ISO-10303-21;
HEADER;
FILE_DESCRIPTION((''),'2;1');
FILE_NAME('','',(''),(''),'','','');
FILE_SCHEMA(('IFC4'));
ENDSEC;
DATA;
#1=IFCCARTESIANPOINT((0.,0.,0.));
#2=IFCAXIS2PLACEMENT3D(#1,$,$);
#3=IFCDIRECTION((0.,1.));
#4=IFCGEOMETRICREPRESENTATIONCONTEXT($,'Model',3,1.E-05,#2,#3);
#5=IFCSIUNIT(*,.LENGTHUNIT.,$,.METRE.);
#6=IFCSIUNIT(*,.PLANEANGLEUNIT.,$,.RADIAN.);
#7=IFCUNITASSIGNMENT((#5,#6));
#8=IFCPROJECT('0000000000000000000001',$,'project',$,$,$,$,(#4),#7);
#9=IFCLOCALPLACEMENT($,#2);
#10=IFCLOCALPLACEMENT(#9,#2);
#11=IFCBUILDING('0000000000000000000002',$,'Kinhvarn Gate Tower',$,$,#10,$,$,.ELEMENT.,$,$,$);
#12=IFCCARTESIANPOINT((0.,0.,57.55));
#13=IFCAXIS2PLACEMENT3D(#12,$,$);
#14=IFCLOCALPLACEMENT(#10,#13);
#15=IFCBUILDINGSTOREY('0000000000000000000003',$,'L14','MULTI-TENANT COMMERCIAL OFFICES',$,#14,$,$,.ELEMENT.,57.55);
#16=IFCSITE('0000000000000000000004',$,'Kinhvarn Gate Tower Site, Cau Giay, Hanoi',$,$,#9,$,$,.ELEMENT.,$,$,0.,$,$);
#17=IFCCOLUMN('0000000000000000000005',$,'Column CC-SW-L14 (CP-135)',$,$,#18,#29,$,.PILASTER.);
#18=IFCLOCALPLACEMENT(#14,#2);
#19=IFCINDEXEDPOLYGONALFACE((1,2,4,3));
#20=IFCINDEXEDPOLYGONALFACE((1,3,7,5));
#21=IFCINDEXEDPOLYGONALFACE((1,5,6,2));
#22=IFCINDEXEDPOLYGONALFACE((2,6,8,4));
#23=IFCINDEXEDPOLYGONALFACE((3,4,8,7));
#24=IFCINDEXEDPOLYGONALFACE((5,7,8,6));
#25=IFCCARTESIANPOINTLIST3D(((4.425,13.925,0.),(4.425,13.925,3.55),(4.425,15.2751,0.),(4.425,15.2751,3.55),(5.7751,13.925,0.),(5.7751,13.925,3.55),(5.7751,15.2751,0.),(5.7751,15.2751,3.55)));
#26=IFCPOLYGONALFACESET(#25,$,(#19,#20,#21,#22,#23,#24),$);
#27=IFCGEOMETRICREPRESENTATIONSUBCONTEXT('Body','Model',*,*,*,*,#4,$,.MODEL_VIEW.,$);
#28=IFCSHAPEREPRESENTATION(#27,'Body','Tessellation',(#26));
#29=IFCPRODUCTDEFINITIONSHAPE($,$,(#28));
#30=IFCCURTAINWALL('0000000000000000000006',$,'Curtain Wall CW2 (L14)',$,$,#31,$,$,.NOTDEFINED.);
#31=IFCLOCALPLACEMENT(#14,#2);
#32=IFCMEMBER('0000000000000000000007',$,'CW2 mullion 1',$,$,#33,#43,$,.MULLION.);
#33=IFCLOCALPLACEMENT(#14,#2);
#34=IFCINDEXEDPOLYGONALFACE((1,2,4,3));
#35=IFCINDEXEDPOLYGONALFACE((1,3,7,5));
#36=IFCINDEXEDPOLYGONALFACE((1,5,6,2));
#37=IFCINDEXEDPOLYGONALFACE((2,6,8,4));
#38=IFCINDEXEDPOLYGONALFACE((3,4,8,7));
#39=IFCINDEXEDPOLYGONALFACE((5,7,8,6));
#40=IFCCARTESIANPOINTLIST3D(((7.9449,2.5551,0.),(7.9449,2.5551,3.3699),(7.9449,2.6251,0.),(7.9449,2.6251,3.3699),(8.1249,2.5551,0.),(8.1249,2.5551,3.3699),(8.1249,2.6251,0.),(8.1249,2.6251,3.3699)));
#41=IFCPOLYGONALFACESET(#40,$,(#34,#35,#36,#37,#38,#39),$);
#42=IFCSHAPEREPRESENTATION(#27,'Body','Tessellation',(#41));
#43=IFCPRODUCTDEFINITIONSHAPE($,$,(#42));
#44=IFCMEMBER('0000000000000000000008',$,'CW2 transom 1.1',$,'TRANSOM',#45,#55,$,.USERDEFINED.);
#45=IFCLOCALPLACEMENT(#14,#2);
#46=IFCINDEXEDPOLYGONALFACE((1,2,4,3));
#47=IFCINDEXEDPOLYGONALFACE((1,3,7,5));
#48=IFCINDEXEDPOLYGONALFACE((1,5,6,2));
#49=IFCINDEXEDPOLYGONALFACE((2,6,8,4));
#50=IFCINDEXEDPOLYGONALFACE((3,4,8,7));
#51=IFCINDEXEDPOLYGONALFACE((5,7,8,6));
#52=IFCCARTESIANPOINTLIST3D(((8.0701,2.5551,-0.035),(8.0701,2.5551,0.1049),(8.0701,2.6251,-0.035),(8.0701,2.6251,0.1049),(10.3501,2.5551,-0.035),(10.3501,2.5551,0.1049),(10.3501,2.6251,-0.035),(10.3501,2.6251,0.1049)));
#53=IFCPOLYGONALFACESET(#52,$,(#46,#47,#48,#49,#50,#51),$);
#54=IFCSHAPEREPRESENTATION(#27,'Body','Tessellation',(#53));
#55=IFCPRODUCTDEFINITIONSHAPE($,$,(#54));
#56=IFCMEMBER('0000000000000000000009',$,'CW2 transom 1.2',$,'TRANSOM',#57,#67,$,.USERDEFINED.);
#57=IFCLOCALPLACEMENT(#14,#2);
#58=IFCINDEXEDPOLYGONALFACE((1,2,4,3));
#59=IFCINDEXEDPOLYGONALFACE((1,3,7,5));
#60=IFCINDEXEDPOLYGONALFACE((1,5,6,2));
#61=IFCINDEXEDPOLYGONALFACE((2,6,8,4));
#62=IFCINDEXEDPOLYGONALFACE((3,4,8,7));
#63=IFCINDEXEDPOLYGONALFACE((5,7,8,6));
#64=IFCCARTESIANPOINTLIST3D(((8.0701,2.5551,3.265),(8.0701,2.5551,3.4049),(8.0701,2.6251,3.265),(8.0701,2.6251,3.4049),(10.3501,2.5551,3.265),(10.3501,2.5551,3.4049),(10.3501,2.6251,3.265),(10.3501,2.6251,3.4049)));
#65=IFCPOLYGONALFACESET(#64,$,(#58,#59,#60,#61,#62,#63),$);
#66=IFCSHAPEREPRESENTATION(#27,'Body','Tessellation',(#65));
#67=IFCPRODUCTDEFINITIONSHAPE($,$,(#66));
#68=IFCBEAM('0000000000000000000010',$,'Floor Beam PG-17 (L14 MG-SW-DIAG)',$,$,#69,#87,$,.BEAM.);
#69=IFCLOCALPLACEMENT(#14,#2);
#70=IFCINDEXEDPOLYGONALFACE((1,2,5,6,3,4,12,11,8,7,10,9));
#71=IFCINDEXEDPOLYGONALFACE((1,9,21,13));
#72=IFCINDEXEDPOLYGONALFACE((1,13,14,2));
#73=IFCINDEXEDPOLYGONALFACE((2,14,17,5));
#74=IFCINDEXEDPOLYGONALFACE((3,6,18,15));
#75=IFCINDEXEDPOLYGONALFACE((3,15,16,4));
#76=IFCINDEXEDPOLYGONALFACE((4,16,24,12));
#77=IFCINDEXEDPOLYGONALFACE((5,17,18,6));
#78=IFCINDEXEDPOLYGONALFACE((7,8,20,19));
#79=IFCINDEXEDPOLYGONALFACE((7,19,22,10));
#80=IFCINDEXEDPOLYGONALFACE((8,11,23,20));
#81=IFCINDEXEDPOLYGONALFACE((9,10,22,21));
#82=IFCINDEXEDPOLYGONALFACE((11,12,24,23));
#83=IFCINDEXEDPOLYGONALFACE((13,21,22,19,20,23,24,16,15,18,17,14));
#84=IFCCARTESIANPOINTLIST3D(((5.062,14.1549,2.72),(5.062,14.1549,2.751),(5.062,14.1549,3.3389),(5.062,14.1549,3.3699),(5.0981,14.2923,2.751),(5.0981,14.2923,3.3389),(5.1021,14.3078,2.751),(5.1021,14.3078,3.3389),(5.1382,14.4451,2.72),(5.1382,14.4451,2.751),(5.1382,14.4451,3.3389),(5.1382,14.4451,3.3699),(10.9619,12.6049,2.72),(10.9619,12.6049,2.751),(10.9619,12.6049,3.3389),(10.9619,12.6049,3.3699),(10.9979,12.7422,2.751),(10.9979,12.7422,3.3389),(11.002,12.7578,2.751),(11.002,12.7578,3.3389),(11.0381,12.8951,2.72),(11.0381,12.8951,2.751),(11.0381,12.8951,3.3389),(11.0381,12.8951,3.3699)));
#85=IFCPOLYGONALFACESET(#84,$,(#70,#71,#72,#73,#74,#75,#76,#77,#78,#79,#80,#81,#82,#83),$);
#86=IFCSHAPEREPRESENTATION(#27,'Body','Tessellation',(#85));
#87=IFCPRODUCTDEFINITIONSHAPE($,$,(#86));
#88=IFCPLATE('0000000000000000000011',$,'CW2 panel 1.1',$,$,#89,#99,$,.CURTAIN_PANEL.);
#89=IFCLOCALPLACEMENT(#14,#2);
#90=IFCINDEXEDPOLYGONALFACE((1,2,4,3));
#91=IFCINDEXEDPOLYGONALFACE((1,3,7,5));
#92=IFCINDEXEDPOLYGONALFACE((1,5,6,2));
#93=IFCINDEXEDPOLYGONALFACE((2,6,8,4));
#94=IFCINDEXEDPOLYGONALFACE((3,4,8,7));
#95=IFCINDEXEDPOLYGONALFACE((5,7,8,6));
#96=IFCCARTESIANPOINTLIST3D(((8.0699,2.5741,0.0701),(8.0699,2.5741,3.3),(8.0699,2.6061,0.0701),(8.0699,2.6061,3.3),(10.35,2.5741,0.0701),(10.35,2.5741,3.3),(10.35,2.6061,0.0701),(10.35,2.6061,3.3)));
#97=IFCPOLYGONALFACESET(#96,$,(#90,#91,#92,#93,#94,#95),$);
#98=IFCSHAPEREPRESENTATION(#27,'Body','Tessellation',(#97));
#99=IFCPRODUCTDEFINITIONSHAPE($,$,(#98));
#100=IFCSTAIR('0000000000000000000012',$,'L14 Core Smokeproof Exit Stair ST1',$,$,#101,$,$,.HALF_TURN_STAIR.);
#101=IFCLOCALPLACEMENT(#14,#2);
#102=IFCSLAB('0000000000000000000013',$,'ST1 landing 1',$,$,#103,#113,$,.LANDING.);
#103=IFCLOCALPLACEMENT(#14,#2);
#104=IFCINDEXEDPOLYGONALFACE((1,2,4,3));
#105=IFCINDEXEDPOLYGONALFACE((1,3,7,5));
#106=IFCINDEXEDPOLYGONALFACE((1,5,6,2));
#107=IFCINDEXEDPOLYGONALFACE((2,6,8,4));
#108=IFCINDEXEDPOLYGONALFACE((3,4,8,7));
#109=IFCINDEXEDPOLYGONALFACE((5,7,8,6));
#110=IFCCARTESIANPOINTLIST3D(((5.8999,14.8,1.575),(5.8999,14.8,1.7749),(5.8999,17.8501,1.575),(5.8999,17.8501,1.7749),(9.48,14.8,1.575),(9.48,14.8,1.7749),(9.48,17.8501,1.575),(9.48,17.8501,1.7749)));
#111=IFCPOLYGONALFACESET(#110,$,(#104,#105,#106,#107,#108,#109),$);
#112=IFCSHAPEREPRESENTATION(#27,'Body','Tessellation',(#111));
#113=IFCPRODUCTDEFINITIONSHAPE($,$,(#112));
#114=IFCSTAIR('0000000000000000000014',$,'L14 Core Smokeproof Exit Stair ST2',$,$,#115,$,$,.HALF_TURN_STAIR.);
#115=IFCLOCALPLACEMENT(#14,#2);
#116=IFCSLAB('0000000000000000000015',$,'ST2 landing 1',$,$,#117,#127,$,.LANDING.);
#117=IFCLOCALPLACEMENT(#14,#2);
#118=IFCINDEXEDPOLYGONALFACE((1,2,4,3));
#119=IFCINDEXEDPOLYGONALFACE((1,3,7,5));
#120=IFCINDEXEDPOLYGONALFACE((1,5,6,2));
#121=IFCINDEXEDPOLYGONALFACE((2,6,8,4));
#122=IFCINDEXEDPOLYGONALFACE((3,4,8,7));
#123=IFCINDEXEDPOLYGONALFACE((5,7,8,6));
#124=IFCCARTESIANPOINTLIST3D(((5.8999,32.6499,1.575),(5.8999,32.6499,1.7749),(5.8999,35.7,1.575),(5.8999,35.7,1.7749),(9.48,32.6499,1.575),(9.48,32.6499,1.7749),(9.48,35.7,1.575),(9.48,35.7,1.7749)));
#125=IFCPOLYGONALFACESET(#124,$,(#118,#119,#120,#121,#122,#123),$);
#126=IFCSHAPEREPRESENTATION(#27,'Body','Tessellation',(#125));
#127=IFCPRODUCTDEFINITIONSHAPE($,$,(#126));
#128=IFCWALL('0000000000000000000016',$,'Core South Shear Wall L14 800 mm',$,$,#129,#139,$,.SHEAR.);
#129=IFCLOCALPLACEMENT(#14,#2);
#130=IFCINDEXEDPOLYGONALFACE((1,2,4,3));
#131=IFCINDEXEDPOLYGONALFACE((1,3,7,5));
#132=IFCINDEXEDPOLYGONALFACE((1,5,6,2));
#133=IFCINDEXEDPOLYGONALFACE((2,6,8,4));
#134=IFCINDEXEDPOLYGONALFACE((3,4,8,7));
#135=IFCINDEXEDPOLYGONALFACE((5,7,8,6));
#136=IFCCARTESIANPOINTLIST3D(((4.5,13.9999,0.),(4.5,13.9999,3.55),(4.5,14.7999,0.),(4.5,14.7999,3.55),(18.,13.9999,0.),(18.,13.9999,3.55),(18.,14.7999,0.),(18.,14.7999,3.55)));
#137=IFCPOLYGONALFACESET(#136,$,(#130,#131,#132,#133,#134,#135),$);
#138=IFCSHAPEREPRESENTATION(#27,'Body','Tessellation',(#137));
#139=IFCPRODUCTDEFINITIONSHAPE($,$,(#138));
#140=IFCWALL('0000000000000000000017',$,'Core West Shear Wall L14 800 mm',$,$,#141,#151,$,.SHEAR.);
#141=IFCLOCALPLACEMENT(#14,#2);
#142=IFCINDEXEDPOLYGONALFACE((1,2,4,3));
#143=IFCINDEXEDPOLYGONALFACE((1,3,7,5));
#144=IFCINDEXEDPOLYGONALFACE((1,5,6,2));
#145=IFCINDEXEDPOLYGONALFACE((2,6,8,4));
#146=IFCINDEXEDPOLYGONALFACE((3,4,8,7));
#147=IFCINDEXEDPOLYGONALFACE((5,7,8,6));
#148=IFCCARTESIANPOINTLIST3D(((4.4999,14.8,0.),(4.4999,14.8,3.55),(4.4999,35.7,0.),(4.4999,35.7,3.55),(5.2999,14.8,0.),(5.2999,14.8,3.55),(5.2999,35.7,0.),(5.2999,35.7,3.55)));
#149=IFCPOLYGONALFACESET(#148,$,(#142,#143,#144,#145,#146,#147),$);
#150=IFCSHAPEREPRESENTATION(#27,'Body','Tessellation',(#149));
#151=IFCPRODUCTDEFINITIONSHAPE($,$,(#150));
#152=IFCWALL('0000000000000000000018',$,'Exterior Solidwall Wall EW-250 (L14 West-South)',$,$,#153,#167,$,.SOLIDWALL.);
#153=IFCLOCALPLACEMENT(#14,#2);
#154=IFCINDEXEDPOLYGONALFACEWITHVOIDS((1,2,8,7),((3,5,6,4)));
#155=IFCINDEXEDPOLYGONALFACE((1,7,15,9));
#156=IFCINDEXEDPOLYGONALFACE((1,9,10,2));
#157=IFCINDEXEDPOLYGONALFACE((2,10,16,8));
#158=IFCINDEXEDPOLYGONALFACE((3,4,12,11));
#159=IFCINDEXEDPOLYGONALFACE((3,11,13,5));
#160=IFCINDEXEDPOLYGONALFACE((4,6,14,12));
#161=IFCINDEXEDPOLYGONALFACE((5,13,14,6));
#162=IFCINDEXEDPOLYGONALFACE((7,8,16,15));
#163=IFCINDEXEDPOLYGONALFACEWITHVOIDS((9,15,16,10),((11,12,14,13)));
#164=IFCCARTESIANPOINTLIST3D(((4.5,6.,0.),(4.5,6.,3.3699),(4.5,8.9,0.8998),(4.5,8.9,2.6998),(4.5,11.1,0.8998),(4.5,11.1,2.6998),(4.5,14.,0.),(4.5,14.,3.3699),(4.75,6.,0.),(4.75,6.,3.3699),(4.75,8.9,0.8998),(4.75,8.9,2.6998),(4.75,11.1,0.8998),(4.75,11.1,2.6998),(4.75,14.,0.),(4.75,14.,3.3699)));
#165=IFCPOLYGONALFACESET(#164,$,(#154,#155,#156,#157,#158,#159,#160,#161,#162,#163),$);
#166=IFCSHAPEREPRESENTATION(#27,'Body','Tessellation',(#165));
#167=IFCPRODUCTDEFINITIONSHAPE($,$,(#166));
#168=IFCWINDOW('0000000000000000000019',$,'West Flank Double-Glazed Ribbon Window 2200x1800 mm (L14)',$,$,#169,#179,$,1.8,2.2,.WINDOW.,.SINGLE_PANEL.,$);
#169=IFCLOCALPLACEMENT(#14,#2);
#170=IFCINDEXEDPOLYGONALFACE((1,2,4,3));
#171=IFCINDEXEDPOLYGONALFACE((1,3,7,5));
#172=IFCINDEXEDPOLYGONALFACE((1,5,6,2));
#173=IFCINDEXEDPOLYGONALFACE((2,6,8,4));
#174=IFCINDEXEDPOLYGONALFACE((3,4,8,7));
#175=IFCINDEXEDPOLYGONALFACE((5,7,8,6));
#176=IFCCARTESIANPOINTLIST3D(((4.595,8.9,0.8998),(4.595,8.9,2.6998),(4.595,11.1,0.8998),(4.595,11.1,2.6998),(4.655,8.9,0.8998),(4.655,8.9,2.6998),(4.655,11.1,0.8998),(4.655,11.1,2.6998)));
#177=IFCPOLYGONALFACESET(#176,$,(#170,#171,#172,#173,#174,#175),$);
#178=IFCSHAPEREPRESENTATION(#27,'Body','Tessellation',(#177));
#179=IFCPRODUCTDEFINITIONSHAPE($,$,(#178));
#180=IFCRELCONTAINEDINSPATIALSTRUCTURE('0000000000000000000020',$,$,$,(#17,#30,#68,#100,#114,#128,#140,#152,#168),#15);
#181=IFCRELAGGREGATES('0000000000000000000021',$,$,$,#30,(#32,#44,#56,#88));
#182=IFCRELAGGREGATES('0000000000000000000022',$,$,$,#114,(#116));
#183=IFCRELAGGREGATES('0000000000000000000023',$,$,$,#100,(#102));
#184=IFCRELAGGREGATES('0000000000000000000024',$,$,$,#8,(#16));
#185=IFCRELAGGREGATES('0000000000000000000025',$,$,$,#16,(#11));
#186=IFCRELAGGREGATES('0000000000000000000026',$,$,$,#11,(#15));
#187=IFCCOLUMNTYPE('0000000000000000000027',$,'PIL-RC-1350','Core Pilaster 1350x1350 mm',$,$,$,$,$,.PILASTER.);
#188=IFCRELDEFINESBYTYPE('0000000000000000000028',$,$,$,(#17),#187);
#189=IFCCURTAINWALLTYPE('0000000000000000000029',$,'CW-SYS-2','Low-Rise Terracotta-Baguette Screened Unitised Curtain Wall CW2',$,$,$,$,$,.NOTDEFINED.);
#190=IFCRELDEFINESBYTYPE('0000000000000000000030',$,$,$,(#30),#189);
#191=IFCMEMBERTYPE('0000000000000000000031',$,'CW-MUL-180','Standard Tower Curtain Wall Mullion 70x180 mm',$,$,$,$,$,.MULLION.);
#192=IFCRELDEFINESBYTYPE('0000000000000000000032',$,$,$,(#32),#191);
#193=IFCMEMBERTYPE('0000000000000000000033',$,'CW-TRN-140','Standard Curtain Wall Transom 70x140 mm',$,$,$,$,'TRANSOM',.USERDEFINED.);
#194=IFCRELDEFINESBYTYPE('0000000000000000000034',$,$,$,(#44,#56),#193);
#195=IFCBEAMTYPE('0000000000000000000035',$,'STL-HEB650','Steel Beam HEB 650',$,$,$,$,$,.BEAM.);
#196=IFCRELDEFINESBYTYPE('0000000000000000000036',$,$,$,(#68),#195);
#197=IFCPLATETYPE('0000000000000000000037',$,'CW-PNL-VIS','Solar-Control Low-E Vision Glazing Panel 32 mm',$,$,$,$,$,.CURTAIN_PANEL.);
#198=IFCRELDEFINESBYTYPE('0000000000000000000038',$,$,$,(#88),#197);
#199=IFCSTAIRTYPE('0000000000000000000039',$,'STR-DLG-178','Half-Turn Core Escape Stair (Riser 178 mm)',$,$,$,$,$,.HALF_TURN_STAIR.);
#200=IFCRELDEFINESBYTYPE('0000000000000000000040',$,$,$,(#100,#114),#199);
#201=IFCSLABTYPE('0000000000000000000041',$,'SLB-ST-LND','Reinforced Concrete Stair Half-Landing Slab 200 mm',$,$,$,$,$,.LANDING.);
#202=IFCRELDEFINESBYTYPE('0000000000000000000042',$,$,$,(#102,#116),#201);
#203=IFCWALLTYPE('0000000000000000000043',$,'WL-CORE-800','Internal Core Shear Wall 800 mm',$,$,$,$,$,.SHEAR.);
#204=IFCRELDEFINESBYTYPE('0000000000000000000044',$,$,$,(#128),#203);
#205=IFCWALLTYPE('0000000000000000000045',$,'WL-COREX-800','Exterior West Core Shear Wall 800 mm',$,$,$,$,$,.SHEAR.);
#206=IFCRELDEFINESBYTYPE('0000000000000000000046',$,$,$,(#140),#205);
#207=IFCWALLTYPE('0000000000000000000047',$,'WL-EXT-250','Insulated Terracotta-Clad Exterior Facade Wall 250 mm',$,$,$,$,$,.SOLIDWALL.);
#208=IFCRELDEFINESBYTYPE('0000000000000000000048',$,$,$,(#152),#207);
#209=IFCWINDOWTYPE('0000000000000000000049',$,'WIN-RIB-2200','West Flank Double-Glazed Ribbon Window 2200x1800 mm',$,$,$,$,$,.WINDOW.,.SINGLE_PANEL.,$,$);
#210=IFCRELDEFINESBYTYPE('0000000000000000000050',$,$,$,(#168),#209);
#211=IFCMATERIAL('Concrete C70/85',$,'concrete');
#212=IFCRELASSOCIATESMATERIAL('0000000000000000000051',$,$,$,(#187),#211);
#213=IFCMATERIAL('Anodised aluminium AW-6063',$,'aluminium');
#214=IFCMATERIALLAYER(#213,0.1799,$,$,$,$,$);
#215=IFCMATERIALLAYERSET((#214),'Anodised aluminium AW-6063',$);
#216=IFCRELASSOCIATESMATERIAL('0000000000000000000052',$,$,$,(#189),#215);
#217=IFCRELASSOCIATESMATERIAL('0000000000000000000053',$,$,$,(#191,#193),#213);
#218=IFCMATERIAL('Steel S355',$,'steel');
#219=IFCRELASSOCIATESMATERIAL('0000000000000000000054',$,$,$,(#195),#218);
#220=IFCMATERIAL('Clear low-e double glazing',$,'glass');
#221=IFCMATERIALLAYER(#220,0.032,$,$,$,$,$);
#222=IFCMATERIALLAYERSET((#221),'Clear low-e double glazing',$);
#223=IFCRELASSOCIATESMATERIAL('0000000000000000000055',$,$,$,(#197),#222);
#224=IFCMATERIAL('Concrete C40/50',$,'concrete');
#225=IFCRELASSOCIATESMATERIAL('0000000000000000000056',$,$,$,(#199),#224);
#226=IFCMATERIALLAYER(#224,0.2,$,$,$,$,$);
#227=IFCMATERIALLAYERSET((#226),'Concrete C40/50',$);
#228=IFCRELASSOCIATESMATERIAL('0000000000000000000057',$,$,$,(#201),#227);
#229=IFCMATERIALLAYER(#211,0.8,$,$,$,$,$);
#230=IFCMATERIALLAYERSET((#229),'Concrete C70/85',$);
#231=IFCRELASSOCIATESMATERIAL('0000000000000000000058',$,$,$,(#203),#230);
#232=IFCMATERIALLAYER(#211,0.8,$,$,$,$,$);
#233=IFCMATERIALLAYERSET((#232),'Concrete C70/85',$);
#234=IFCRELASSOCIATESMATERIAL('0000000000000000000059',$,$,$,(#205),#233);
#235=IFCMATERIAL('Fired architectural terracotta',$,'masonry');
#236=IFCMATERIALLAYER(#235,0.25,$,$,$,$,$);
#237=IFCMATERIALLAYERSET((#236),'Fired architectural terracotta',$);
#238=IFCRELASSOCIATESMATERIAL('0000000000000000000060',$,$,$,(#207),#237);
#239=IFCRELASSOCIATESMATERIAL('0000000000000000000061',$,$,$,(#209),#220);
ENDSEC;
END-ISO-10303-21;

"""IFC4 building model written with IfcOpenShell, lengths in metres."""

from ifc_helpers import new_model, si_unit, direction, frame, frame_2d, origin, origin_2d, place, context, subcontext, project, spatial, polyline, rectangle, i_section, outline, extrude, material, layer, layer_set, material_profile, profile_set, type_object, element, fill, aggregate, save


model = new_model("IFC4")

# Units and contexts
model_context = context("Model", 3, precision=1e-05, world=origin(), true_north=direction((0.0, 1.0)))
body_context = subcontext(model_context, "Body", "Model", "MODEL_VIEW")
ifc_project = project(units=[si_unit("LENGTHUNIT", "METRE"), si_unit("PLANEANGLEUNIT", "RADIAN")], contexts=[model_context])

# Site, building, storey
site_placement = place(None, origin())
site = spatial("IfcSite", under=ifc_project, at=site_placement, Name="Kinhvarn Gate Tower Site, Cau Giay, Hanoi", CompositionType="ELEMENT", RefElevation=0.0)
building_placement = place(site_placement, origin())
building = spatial("IfcBuilding", under=site, at=building_placement, Name="Kinhvarn Gate Tower", CompositionType="ELEMENT")
storey_placement = place(building_placement, frame((0.0, 0.0, 57.55)))
storey = spatial("IfcBuildingStorey", under=building, at=storey_placement, Name="L14", Description="MULTI-TENANT COMMERCIAL OFFICES", CompositionType="ELEMENT", Elevation=57.55)

# Column
ifc_material_1 = material(Name="Concrete C70/85", Category="concrete")
ifc_material_profile_1 = material_profile(ifc_material_1, rectangle(XDim=1.3501, YDim=1.3501, at=origin_2d()), Name="RC 1350x1350")
ifc_profile_set_1 = profile_set([ifc_material_profile_1], Name="Concrete C70/85")
column_type = type_object("IfcColumnType", Name="PIL-RC-1350", Description="Core Pilaster 1350x1350 mm", PredefinedType="PILASTER", material=ifc_profile_set_1)
column_placement = place(storey_placement, frame((5.1001, 14.6001, 0.0), z_axis=(0.0, 0.0, 1.0), x_axis=(1.0, 0.0, 0.0)))
element("IfcColumn", 1, at=column_placement, inside=storey, type_object=column_type, Name="Column CC-SW-L14 (CP-135)", PredefinedType="PILASTER", context=body_context, shape_type="SweptSolid", body=[
    extrude(rectangle(XDim=1.3501, YDim=1.3501, at=origin_2d()), origin(), (0.0, 0.0, 1.0), 3.55),
])

# Curtain wall, members
ifc_material_2 = material(Name="Anodised aluminium AW-6063", Category="aluminium")
ifc_layer_1 = layer(ifc_material_2, 0.1799)
ifc_layer_set_1 = layer_set([ifc_layer_1], Name="Anodised aluminium AW-6063")
curtain_wall_type = type_object("IfcCurtainWallType", Name="CW-SYS-2", Description="Low-Rise Terracotta-Baguette Screened Unitised Curtain Wall CW2", PredefinedType="NOTDEFINED", material=ifc_layer_set_1)
curtain_wall_placement = place(storey_placement, origin())
curtain_wall = element("IfcCurtainWall", 2, at=curtain_wall_placement, inside=storey, type_object=curtain_wall_type, Name="Curtain Wall CW2 (L14)", PredefinedType="NOTDEFINED")
ifc_material_profile_2 = material_profile(ifc_material_2, rectangle(XDim=0.0701, YDim=0.1799, at=origin_2d()), Name="ALU 70x180")
ifc_profile_set_2 = profile_set([ifc_material_profile_2], Name="Anodised aluminium AW-6063")
member_type_1 = type_object("IfcMemberType", Name="CW-MUL-180", Description="Standard Tower Curtain Wall Mullion 70x180 mm", PredefinedType="MULLION", material=ifc_profile_set_2)
member_1_placement = place(storey_placement, frame((8.0349, 2.5901, 0.0), z_axis=(0.0, 0.0, 1.0), x_axis=(0.0, 1.0, 0.0)))
member_1 = element("IfcMember", 3, at=member_1_placement, type_object=member_type_1, Name="CW2 mullion 1", PredefinedType="MULLION", context=body_context, shape_type="SweptSolid", body=[
    extrude(rectangle(XDim=0.0701, YDim=0.1799, at=origin_2d()), origin(), (0.0, 0.0, 1.0), 3.3699),
])
ifc_material_profile_3 = material_profile(ifc_material_2, rectangle(XDim=0.0701, YDim=0.1399, at=origin_2d()), Name="ALU 70x140")
ifc_profile_set_3 = profile_set([ifc_material_profile_3], Name="Anodised aluminium AW-6063")
member_type_2 = type_object("IfcMemberType", Name="CW-TRN-140", Description="Standard Curtain Wall Transom 70x140 mm", ElementType="TRANSOM", PredefinedType="USERDEFINED", material=ifc_profile_set_3)
member_2_placement = place(storey_placement, frame((8.0701, 2.5901, 0.0349), z_axis=(1.0, 0.0, 0.0), x_axis=(0.0, 1.0, 0.0)))
member_2 = element("IfcMember", 4, at=member_2_placement, type_object=member_type_2, Name="CW2 transom 1.1", ObjectType="TRANSOM", PredefinedType="USERDEFINED", context=body_context, shape_type="SweptSolid", body=[
    extrude(rectangle(XDim=0.0701, YDim=0.1399, at=origin_2d()), origin(), (0.0, 0.0, 1.0), 2.28),
])
member_3_placement = place(storey_placement, frame((8.0701, 2.5901, 3.335), z_axis=(1.0, 0.0, 0.0), x_axis=(0.0, 1.0, 0.0)))
member_3 = element("IfcMember", 5, at=member_3_placement, type_object=member_type_2, Name="CW2 transom 1.2", ObjectType="TRANSOM", PredefinedType="USERDEFINED", context=body_context, shape_type="SweptSolid", body=[
    extrude(rectangle(XDim=0.0701, YDim=0.1399, at=origin_2d()), origin(), (0.0, 0.0, 1.0), 2.28),
])

# Beam
ifc_material_3 = material(Name="Steel S355", Category="steel")
ifc_material_profile_4 = material_profile(ifc_material_3, i_section(OverallWidth=0.3, OverallDepth=0.6499, WebThickness=0.0161, FlangeThickness=0.031, at=origin_2d()), Name="HEB 650")
ifc_profile_set_4 = profile_set([ifc_material_profile_4], Name="Steel S355")
beam_type = type_object("IfcBeamType", Name="STL-HEB650", Description="Steel Beam HEB 650", PredefinedType="BEAM", material=ifc_profile_set_4)
beam_placement = place(storey_placement, frame((5.1001, 14.3, 3.0449), z_axis=(0.967178, -0.254101, 0.0), x_axis=(0.254101, 0.967178, 0.0)))
element("IfcBeam", 6, at=beam_placement, inside=storey, type_object=beam_type, Name="Floor Beam PG-17 (L14 MG-SW-DIAG)", PredefinedType="BEAM", context=body_context, shape_type="SweptSolid", body=[
    extrude(i_section(OverallWidth=0.3, OverallDepth=0.6499, WebThickness=0.0161, FlangeThickness=0.031, at=origin_2d()), origin(), (0.0, 0.0, 1.0), 6.1001),
])

# Plate
ifc_material_4 = material(Name="Clear low-e double glazing", Category="glass")
ifc_layer_2 = layer(ifc_material_4, 0.032)
ifc_layer_set_2 = layer_set([ifc_layer_2], Name="Clear low-e double glazing")
plate_type = type_object("IfcPlateType", Name="CW-PNL-VIS", Description="Solar-Control Low-E Vision Glazing Panel 32 mm", PredefinedType="CURTAIN_PANEL", material=ifc_layer_set_2)
plate_placement = place(storey_placement, frame((9.21, 2.5901, 0.0701), z_axis=(0.0, 0.0, 1.0), x_axis=(1.0, 0.0, 0.0)))
plate = element("IfcPlate", 7, at=plate_placement, type_object=plate_type, Name="CW2 panel 1.1", PredefinedType="CURTAIN_PANEL", context=body_context, shape_type="SweptSolid", body=[
    extrude(rectangle(XDim=2.28, YDim=0.032, at=origin_2d()), origin(), (0.0, 0.0, 1.0), 3.23),
])
aggregate(curtain_wall, [member_1, member_2, member_3, plate])

# Stairs, slabs
ifc_material_5 = material(Name="Concrete C40/50", Category="concrete")
stair_type = type_object("IfcStairType", Name="STR-DLG-178", Description="Half-Turn Core Escape Stair (Riser 178 mm)", PredefinedType="HALF_TURN_STAIR", material=ifc_material_5)
stair_1_placement = place(storey_placement, origin())
stair_1 = element("IfcStair", 8, at=stair_1_placement, inside=storey, type_object=stair_type, Name="L14 Core Smokeproof Exit Stair ST1", PredefinedType="HALF_TURN_STAIR")
ifc_layer_3 = layer(ifc_material_5, 0.2)
ifc_layer_set_3 = layer_set([ifc_layer_3], Name="Concrete C40/50")
slab_type = type_object("IfcSlabType", Name="SLB-ST-LND", Description="Reinforced Concrete Stair Half-Landing Slab 200 mm", PredefinedType="LANDING", material=ifc_layer_set_3)
slab_1_placement = place(storey_placement, frame((0.0, 0.0, 1.575)))
slab_1 = element("IfcSlab", 9, at=slab_1_placement, type_object=slab_type, Name="ST1 landing 1", PredefinedType="LANDING", context=body_context, shape_type="SweptSolid", body=[
    extrude(outline(polyline([(9.48, 17.8501), (5.8999, 17.8501), (5.8999, 14.8), (9.48, 14.8), (9.48, 17.8501)])), origin(), (0.0, 0.0, 1.0), 0.2),
])
stair_2_placement = place(storey_placement, origin())
stair_2 = element("IfcStair", 10, at=stair_2_placement, inside=storey, type_object=stair_type, Name="L14 Core Smokeproof Exit Stair ST2", PredefinedType="HALF_TURN_STAIR")
slab_2_placement = place(storey_placement, frame((0.0, 0.0, 1.575)))
slab_2 = element("IfcSlab", 11, at=slab_2_placement, type_object=slab_type, Name="ST2 landing 1", PredefinedType="LANDING", context=body_context, shape_type="SweptSolid", body=[
    extrude(outline(polyline([(9.48, 35.7), (5.8999, 35.7), (5.8999, 32.6499), (9.48, 32.6499), (9.48, 35.7)])), origin(), (0.0, 0.0, 1.0), 0.2),
])
aggregate(stair_2, [slab_2])

# Walls
ifc_layer_4 = layer(ifc_material_1, 0.8)
ifc_layer_set_4 = layer_set([ifc_layer_4], Name="Concrete C70/85")
wall_type_1 = type_object("IfcWallType", Name="WL-CORE-800", Description="Internal Core Shear Wall 800 mm", PredefinedType="SHEAR", material=ifc_layer_set_4)
wall_1_placement = place(storey_placement, frame((4.5, 14.3999, 0.0), z_axis=(0.0, 0.0, 1.0), x_axis=(1.0, 0.0, 0.0)))
element("IfcWall", 12, at=wall_1_placement, inside=storey, type_object=wall_type_1, Name="Core South Shear Wall L14 800 mm", PredefinedType="SHEAR", context=body_context, shape_type="SweptSolid", body=[
    extrude(rectangle(XDim=13.5, YDim=0.8, at=frame_2d((6.75, 0.0))), origin(), (0.0, 0.0, 1.0), 3.55),
])
ifc_layer_5 = layer(ifc_material_1, 0.8)
ifc_layer_set_5 = layer_set([ifc_layer_5], Name="Concrete C70/85")
wall_type_2 = type_object("IfcWallType", Name="WL-COREX-800", Description="Exterior West Core Shear Wall 800 mm", PredefinedType="SHEAR", material=ifc_layer_set_5)
wall_2_placement = place(storey_placement, frame((4.8999, 14.8, 0.0), z_axis=(0.0, 0.0, 1.0), x_axis=(0.0, 1.0, 0.0)))
element("IfcWall", 13, at=wall_2_placement, inside=storey, type_object=wall_type_2, Name="Core West Shear Wall L14 800 mm", PredefinedType="SHEAR", context=body_context, shape_type="SweptSolid", body=[
    extrude(rectangle(XDim=20.8999, YDim=0.8, at=frame_2d((10.45, 0.0))), origin(), (0.0, 0.0, 1.0), 3.55),
])

# Wall, opening, window
ifc_material_6 = material(Name="Fired architectural terracotta", Category="masonry")
ifc_layer_6 = layer(ifc_material_6, 0.25)
ifc_layer_set_6 = layer_set([ifc_layer_6], Name="Fired architectural terracotta")
wall_type_3 = type_object("IfcWallType", Name="WL-EXT-250", Description="Insulated Terracotta-Clad Exterior Facade Wall 250 mm", PredefinedType="SOLIDWALL", material=ifc_layer_set_6)
wall_3_placement = place(storey_placement, frame((4.625, 14.0, 0.0), z_axis=(0.0, 0.0, 1.0), x_axis=(0.0, -1.0, 0.0)))
wall_3 = element("IfcWall", 14, at=wall_3_placement, inside=storey, type_object=wall_type_3, Name="Exterior Solidwall Wall EW-250 (L14 West-South)", PredefinedType="SOLIDWALL", context=body_context, shape_type="SweptSolid", body=[
    extrude(rectangle(XDim=8.0, YDim=0.25, at=frame_2d((4.0, 0.0))), origin(), (0.0, 0.0, 1.0), 3.3699),
])
opening_1_placement = place(wall_3_placement, frame((2.8999, 0.0, 0.8999)))
opening_1 = element("IfcOpeningElement", 15, at=opening_1_placement, cuts=wall_3, PredefinedType="OPENING", context=body_context, shape_type="SweptSolid", body=[
    extrude(rectangle(XDim=2.2, YDim=1.8, at=frame_2d((1.1001, 0.8999))), frame((0.0, 0.135, 0.0), z_axis=(0.0, -1.0, 0.0), x_axis=(1.0, 0.0, 0.0)), (0.0, 0.0, 1.0), 0.27),
])
window_type_1 = type_object("IfcWindowType", Name="WIN-RIB-2200", Description="West Flank Double-Glazed Ribbon Window 2200x1800 mm", PartitioningType="SINGLE_PANEL", PredefinedType="WINDOW", material=ifc_material_4)
window_1_placement = place(opening_1_placement, origin())
window_1 = element("IfcWindow", 16, at=window_1_placement, inside=storey, type_object=window_type_1, Name="West Flank Double-Glazed Ribbon Window 2200x1800 mm (L14)", OverallHeight=1.8, OverallWidth=2.2, PartitioningType="SINGLE_PANEL", PredefinedType="WINDOW", context=body_context, shape_type="SweptSolid", body=[
    extrude(rectangle(XDim=2.2, YDim=1.8, at=frame_2d((1.1001, 0.8999))), frame((0.0, 0.03, 0.0), z_axis=(0.0, -1.0, 0.0), x_axis=(1.0, 0.0, 0.0)), (0.0, 0.0, 1.0), 0.0601),
])
fill(opening_1, window_1)

aggregate(stair_1, [slab_1])

save(model, "model.ifc")
